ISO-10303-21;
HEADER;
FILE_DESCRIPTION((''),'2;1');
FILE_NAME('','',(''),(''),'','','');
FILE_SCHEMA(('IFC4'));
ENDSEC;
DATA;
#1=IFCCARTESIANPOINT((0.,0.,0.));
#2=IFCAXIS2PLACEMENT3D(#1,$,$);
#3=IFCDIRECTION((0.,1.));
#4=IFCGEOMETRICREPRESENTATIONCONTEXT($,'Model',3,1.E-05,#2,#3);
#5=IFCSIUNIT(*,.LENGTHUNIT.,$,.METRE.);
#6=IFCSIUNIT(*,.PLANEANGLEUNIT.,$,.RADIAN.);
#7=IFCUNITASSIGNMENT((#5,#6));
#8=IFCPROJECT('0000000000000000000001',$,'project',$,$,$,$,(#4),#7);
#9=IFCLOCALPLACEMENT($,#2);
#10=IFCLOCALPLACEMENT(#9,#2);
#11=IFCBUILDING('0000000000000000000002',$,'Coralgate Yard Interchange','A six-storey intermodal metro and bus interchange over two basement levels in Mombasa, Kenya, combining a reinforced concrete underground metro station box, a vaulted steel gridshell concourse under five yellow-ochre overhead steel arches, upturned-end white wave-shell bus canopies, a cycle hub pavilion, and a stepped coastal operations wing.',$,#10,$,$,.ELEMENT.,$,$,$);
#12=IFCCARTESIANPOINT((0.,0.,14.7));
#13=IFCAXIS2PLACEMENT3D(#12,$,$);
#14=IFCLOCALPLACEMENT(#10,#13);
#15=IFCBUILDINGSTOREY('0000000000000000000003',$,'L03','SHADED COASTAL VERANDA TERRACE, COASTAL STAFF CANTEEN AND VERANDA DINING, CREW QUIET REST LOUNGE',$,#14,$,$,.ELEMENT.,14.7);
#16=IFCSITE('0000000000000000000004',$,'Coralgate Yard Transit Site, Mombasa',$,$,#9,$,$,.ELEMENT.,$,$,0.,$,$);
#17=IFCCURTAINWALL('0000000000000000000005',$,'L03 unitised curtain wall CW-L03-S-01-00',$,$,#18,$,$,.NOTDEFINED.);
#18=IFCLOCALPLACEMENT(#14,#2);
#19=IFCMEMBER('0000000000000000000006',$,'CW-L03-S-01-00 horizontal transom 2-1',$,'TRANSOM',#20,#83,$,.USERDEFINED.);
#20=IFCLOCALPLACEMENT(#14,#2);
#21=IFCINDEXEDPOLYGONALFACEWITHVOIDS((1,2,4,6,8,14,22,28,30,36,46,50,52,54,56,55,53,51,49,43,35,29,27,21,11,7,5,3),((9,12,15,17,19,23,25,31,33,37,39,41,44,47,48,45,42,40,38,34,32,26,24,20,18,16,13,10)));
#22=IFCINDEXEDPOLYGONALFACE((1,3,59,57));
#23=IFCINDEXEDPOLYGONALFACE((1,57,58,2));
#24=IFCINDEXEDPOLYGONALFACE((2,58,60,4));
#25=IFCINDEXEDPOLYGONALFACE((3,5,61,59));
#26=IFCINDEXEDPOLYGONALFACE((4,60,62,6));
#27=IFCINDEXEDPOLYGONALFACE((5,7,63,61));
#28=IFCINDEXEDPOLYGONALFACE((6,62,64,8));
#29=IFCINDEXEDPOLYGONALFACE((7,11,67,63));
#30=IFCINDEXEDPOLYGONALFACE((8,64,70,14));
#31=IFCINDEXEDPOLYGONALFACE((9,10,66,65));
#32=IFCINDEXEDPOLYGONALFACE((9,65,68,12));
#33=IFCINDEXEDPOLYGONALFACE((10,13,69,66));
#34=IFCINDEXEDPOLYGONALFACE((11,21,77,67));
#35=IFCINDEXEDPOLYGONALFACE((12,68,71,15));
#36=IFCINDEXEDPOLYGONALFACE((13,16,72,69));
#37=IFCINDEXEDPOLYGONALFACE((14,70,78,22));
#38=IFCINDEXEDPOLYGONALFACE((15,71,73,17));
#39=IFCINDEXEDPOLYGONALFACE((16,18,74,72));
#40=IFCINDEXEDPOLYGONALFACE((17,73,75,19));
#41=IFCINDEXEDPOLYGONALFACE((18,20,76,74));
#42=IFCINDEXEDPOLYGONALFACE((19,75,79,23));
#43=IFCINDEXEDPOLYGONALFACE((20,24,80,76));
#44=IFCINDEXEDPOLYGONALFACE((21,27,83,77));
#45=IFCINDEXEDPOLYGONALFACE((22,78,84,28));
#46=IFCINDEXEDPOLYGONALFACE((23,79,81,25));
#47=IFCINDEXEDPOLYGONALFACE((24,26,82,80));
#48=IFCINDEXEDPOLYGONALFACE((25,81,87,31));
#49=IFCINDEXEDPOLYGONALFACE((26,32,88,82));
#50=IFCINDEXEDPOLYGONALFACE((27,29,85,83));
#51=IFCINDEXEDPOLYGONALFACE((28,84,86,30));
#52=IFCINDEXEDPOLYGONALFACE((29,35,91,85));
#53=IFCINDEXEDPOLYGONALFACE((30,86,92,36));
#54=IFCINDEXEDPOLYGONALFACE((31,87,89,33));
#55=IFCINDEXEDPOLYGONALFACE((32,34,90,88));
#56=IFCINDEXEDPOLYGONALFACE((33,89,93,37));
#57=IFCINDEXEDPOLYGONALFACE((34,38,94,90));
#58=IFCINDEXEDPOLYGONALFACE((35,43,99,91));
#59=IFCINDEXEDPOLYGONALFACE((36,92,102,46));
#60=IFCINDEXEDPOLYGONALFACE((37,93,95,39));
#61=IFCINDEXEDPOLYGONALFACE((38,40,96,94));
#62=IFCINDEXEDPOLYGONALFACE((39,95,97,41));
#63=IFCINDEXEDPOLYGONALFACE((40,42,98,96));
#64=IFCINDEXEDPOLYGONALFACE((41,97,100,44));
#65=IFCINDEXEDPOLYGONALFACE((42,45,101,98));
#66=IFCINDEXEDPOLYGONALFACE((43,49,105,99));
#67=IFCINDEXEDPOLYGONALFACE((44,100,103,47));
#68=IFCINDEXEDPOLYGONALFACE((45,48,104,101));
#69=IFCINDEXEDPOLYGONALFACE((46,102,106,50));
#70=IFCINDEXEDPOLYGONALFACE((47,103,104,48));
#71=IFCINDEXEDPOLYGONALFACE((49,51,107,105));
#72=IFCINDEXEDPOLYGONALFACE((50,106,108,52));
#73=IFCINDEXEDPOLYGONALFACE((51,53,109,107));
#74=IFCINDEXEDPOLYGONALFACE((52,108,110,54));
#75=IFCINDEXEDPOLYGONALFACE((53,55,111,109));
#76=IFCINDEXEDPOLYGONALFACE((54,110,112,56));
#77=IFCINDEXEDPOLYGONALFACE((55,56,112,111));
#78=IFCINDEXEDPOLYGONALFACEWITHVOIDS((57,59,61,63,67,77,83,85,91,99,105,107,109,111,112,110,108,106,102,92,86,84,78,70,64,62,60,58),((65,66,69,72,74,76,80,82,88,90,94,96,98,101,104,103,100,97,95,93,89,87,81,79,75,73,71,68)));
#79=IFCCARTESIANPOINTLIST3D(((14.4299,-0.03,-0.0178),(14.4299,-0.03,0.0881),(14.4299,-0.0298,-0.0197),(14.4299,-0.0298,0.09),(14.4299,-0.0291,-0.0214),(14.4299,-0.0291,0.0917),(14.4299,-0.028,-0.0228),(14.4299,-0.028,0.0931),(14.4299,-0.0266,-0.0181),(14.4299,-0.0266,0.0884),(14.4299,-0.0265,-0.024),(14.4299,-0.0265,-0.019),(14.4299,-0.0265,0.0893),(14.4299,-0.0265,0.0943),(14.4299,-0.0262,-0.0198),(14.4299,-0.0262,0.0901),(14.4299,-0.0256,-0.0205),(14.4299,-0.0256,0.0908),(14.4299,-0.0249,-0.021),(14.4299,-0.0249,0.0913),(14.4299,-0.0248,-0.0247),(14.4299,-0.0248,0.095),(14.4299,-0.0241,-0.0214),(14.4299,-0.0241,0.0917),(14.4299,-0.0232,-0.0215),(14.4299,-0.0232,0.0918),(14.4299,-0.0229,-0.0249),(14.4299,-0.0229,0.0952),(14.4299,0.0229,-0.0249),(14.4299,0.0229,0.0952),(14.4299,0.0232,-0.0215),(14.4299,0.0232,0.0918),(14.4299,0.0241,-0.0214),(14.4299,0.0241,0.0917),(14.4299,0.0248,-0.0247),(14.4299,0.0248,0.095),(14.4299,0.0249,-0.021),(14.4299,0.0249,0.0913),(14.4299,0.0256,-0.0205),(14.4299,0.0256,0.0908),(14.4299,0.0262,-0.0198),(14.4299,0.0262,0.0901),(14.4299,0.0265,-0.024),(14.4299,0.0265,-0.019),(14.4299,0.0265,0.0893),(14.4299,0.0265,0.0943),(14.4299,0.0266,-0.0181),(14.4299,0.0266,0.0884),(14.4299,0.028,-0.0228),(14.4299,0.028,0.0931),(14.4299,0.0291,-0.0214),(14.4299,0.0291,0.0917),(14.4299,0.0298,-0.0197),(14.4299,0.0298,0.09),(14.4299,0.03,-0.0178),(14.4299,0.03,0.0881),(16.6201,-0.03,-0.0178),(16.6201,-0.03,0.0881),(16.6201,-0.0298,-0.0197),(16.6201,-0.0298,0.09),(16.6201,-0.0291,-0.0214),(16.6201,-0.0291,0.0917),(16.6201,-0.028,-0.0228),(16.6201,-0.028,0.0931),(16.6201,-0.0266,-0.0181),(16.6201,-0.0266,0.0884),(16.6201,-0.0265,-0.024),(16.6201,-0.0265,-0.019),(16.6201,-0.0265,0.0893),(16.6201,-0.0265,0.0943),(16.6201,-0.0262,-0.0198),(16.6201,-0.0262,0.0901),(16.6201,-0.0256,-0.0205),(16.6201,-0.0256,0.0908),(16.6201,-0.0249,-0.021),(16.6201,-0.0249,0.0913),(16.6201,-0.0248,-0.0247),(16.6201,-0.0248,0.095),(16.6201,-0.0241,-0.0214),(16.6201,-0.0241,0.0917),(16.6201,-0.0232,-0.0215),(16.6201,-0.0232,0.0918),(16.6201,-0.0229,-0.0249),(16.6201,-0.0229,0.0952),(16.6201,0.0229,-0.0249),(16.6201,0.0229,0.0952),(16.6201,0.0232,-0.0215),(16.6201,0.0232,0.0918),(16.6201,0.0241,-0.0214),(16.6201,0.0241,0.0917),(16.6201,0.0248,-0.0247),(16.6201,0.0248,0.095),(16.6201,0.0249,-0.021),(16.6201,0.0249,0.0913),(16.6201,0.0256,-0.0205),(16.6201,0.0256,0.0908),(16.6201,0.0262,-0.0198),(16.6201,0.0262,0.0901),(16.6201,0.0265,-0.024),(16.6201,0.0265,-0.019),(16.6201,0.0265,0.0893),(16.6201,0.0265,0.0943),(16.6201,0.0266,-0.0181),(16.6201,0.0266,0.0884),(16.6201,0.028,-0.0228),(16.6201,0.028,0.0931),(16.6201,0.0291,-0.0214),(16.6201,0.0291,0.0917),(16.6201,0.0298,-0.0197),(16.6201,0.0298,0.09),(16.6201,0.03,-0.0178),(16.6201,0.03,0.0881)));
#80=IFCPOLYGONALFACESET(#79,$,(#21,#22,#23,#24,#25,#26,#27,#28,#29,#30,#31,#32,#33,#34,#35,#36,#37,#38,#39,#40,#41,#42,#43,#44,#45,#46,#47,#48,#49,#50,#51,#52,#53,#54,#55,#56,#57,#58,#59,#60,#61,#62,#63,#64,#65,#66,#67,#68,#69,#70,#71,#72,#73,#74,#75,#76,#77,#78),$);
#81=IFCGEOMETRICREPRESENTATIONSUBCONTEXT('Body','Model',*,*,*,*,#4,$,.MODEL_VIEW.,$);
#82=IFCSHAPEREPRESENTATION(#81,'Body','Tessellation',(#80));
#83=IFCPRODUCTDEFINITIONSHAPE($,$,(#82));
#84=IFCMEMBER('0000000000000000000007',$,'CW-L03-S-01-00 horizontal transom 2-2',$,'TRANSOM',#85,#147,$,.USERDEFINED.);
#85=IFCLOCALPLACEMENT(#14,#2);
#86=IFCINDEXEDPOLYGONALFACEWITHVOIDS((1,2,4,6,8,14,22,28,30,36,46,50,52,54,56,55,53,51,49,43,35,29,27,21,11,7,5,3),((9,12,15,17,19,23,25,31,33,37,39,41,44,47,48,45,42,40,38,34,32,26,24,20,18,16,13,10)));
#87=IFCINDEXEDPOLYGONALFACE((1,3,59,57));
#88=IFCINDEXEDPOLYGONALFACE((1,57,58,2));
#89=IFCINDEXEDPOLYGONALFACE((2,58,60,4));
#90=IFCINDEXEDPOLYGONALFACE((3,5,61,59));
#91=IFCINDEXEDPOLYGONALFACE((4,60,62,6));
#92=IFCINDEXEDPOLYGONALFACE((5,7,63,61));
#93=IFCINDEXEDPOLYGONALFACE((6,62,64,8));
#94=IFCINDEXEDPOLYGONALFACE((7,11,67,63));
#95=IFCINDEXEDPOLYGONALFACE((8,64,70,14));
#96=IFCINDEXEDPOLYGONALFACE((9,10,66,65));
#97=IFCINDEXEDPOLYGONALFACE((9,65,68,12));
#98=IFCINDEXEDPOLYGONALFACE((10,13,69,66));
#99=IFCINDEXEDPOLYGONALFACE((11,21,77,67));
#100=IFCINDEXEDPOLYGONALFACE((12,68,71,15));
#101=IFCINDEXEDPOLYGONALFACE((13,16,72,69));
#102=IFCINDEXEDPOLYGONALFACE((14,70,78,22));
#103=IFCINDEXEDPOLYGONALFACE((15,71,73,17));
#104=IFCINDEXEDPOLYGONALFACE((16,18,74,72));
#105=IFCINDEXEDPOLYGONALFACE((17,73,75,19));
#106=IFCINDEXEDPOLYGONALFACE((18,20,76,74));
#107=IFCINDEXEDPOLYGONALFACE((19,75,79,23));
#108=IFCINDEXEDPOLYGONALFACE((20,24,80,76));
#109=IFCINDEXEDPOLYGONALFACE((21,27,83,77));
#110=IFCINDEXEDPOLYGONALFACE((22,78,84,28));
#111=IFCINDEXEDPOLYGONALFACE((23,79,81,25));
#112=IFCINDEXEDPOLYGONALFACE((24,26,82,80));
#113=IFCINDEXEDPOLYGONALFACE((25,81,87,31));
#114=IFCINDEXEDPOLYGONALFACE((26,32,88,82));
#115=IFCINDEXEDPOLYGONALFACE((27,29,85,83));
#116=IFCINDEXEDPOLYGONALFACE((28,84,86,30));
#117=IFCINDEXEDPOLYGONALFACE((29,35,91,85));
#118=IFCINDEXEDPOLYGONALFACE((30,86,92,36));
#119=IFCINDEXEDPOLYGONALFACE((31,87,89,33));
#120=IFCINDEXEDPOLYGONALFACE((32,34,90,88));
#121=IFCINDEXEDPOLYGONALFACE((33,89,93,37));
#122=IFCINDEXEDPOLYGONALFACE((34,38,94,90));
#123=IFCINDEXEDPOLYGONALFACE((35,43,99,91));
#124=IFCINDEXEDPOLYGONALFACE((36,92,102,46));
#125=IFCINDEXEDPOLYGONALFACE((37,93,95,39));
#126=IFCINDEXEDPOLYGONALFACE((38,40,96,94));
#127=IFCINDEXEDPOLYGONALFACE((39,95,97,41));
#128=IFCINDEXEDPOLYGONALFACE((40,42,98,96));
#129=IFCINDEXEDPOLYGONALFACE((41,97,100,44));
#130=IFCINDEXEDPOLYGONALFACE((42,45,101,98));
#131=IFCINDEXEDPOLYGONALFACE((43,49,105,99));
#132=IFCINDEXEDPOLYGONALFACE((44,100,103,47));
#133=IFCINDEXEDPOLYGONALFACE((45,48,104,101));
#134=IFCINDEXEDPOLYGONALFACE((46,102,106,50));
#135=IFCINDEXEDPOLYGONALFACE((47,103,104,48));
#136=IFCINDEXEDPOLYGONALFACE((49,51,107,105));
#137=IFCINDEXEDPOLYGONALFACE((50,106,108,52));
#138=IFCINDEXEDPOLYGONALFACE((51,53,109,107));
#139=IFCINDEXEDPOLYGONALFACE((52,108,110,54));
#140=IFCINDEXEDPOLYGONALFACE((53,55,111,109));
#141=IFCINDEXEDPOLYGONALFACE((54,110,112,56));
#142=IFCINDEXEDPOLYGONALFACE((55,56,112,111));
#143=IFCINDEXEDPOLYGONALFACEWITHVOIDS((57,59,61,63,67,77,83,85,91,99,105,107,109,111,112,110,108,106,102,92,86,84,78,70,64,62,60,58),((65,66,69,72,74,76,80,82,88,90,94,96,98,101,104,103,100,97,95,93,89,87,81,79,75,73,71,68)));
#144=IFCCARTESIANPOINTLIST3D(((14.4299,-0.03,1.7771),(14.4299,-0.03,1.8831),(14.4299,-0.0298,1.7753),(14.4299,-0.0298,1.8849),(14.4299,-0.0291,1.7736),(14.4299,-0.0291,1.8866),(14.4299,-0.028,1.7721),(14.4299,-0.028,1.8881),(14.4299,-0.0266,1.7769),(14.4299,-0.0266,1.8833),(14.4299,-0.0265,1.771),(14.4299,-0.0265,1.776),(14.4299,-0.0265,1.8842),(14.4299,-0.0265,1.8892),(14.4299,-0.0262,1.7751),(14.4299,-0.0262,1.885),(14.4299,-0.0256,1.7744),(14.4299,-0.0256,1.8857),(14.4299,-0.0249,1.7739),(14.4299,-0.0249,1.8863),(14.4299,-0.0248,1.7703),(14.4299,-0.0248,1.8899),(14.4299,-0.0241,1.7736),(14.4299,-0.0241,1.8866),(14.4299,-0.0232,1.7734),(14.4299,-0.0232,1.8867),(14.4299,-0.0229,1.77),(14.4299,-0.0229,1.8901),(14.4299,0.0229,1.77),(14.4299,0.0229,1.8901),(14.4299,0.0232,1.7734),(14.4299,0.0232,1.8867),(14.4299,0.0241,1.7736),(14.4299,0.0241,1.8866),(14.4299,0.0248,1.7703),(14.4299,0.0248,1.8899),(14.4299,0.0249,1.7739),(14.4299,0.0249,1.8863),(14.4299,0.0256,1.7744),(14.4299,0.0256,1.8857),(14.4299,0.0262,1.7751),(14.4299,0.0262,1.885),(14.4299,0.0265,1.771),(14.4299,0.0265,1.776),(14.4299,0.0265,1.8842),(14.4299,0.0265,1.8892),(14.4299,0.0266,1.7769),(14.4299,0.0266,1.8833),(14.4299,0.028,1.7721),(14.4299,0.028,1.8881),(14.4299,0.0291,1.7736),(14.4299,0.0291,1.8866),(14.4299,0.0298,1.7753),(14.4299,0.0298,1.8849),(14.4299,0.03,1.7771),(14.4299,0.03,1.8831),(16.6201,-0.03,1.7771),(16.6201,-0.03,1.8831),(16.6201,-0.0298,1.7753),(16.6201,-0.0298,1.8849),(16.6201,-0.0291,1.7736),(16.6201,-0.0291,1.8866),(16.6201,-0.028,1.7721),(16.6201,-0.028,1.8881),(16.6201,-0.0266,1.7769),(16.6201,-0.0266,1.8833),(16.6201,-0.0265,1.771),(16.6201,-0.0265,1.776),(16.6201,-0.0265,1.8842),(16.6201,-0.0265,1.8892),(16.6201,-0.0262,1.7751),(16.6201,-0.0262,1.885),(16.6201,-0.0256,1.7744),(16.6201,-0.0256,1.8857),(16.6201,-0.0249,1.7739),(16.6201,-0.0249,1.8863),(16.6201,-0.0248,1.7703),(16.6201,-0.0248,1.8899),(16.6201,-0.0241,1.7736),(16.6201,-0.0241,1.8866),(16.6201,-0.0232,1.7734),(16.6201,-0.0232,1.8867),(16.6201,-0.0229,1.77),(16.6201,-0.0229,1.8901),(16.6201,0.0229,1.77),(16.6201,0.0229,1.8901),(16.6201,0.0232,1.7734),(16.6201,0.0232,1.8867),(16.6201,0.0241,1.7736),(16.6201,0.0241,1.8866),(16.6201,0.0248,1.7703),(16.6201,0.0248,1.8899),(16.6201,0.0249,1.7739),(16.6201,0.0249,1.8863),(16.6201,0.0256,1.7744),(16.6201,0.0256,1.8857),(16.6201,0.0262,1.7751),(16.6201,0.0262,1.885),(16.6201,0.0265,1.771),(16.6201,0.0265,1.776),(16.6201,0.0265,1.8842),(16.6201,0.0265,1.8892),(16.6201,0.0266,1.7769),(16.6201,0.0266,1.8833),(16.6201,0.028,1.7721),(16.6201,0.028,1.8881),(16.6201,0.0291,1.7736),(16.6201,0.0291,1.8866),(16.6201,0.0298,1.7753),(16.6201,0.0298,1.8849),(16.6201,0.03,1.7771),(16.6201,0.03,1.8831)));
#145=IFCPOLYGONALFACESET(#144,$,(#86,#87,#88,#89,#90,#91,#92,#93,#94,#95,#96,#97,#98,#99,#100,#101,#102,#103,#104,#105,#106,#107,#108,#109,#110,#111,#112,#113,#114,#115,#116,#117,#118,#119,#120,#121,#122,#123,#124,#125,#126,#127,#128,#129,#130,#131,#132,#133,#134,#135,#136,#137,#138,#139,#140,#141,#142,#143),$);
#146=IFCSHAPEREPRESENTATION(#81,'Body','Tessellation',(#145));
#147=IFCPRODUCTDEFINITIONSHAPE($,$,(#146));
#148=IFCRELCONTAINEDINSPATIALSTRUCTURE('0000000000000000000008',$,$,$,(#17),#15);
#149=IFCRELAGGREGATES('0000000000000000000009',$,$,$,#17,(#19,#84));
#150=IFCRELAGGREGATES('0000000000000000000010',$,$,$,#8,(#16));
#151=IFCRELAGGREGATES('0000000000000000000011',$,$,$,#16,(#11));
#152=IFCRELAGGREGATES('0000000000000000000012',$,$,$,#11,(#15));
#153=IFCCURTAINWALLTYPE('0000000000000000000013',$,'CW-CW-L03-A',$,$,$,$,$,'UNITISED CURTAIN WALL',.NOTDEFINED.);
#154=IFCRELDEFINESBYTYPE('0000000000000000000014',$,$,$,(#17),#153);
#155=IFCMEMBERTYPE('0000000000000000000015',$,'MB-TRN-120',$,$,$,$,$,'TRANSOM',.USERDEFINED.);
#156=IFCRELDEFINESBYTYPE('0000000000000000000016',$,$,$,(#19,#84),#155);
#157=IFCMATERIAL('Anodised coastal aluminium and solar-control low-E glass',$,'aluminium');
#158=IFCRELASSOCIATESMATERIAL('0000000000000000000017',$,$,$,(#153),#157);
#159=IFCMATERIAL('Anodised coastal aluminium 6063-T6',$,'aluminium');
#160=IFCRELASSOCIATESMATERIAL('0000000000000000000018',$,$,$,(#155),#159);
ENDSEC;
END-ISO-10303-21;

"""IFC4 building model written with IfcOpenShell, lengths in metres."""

from ifc_helpers import new_model, si_unit, direction, frame, origin, origin_2d, place, context, subcontext, project, spatial, hollow_rectangle, extrude, material, material_profile, profile_set, type_object, element, aggregate, save


model = new_model("IFC4")

# Units and contexts
model_context = context("Model", 3, precision=1e-05, world=origin(), true_north=direction((0.0, 1.0)))
body_context = subcontext(model_context, "Body", "Model", "MODEL_VIEW")
ifc_project = project(units=[si_unit("LENGTHUNIT", "METRE"), si_unit("PLANEANGLEUNIT", "RADIAN")], contexts=[model_context])

# Site, building, storey
site_placement = place(None, origin())
site = spatial("IfcSite", under=ifc_project, at=site_placement, Name="Coralgate Yard Transit Site, Mombasa", CompositionType="ELEMENT", RefElevation=0.0)
building_placement = place(site_placement, origin())
building = spatial("IfcBuilding", under=site, at=building_placement, Name="Coralgate Yard Interchange", Description="A six-storey intermodal metro and bus interchange over two basement levels in Mombasa, Kenya, combining a reinforced concrete underground metro station box, a vaulted steel gridshell concourse under five yellow-ochre overhead steel arches, upturned-end white wave-shell bus canopies, a cycle hub pavilion, and a stepped coastal operations wing.", CompositionType="ELEMENT")
storey_placement = place(building_placement, frame((0.0, 0.0, 14.7)))
storey = spatial("IfcBuildingStorey", under=building, at=storey_placement, Name="L03", Description="SHADED COASTAL VERANDA TERRACE, COASTAL STAFF CANTEEN AND VERANDA DINING, CREW QUIET REST LOUNGE", CompositionType="ELEMENT", Elevation=14.7)

# Curtain wall, members
ifc_material_1 = material(Name="Anodised coastal aluminium and solar-control low-E glass", Category="aluminium")
curtain_wall_type = type_object("IfcCurtainWallType", Name="CW-CW-L03-A", ElementType="UNITISED CURTAIN WALL", PredefinedType="NOTDEFINED", material=ifc_material_1)
curtain_wall_placement = place(storey_placement, origin())
curtain_wall = element("IfcCurtainWall", 1, at=curtain_wall_placement, inside=storey, type_object=curtain_wall_type, Name="L03 unitised curtain wall CW-L03-S-01-00", PredefinedType="NOTDEFINED")
ifc_material_2 = material(Name="Anodised coastal aluminium 6063-T6", Category="aluminium")
ifc_material_profile_1 = material_profile(ifc_material_2, hollow_rectangle(XDim=0.0601, YDim=0.1201, WallThickness=0.0034, InnerFilletRadius=0.0034, OuterFilletRadius=0.0071, at=origin_2d()), Name="ALU 60x120x3.5")
ifc_profile_set_1 = profile_set([ifc_material_profile_1], Name="Anodised coastal aluminium 6063-T6")
member_type_1 = type_object("IfcMemberType", Name="MB-TRN-120", ElementType="TRANSOM", PredefinedType="USERDEFINED", material=ifc_profile_set_1)
member_1_placement = place(storey_placement, frame((16.6201, 0.0, 0.0352), z_axis=(-1.0, 0.0, 0.0), x_axis=(0.0, -1.0, 0.0)))
member_1 = element("IfcMember", 2, at=member_1_placement, type_object=member_type_1, Name="CW-L03-S-01-00 horizontal transom 2-1", ObjectType="TRANSOM", PredefinedType="USERDEFINED", context=body_context, shape_type="SweptSolid", body=[
    extrude(hollow_rectangle(XDim=0.0601, YDim=0.1201, WallThickness=0.0034, InnerFilletRadius=0.0034, OuterFilletRadius=0.0071, at=origin_2d()), origin(), (0.0, 0.0, 1.0), 2.1902),
])
member_2_placement = place(storey_placement, frame((16.6201, 0.0, 1.8301), z_axis=(-1.0, 0.0, 0.0), x_axis=(0.0, -1.0, 0.0)))
member_2 = element("IfcMember", 3, at=member_2_placement, type_object=member_type_1, Name="CW-L03-S-01-00 horizontal transom 2-2", ObjectType="TRANSOM", PredefinedType="USERDEFINED", context=body_context, shape_type="SweptSolid", body=[
    extrude(hollow_rectangle(XDim=0.0601, YDim=0.1201, WallThickness=0.0034, InnerFilletRadius=0.0034, OuterFilletRadius=0.0071, at=origin_2d()), origin(), (0.0, 0.0, 1.0), 2.1902),
])
aggregate(curtain_wall, [member_1, member_2])

save(model, "model.ifc")
